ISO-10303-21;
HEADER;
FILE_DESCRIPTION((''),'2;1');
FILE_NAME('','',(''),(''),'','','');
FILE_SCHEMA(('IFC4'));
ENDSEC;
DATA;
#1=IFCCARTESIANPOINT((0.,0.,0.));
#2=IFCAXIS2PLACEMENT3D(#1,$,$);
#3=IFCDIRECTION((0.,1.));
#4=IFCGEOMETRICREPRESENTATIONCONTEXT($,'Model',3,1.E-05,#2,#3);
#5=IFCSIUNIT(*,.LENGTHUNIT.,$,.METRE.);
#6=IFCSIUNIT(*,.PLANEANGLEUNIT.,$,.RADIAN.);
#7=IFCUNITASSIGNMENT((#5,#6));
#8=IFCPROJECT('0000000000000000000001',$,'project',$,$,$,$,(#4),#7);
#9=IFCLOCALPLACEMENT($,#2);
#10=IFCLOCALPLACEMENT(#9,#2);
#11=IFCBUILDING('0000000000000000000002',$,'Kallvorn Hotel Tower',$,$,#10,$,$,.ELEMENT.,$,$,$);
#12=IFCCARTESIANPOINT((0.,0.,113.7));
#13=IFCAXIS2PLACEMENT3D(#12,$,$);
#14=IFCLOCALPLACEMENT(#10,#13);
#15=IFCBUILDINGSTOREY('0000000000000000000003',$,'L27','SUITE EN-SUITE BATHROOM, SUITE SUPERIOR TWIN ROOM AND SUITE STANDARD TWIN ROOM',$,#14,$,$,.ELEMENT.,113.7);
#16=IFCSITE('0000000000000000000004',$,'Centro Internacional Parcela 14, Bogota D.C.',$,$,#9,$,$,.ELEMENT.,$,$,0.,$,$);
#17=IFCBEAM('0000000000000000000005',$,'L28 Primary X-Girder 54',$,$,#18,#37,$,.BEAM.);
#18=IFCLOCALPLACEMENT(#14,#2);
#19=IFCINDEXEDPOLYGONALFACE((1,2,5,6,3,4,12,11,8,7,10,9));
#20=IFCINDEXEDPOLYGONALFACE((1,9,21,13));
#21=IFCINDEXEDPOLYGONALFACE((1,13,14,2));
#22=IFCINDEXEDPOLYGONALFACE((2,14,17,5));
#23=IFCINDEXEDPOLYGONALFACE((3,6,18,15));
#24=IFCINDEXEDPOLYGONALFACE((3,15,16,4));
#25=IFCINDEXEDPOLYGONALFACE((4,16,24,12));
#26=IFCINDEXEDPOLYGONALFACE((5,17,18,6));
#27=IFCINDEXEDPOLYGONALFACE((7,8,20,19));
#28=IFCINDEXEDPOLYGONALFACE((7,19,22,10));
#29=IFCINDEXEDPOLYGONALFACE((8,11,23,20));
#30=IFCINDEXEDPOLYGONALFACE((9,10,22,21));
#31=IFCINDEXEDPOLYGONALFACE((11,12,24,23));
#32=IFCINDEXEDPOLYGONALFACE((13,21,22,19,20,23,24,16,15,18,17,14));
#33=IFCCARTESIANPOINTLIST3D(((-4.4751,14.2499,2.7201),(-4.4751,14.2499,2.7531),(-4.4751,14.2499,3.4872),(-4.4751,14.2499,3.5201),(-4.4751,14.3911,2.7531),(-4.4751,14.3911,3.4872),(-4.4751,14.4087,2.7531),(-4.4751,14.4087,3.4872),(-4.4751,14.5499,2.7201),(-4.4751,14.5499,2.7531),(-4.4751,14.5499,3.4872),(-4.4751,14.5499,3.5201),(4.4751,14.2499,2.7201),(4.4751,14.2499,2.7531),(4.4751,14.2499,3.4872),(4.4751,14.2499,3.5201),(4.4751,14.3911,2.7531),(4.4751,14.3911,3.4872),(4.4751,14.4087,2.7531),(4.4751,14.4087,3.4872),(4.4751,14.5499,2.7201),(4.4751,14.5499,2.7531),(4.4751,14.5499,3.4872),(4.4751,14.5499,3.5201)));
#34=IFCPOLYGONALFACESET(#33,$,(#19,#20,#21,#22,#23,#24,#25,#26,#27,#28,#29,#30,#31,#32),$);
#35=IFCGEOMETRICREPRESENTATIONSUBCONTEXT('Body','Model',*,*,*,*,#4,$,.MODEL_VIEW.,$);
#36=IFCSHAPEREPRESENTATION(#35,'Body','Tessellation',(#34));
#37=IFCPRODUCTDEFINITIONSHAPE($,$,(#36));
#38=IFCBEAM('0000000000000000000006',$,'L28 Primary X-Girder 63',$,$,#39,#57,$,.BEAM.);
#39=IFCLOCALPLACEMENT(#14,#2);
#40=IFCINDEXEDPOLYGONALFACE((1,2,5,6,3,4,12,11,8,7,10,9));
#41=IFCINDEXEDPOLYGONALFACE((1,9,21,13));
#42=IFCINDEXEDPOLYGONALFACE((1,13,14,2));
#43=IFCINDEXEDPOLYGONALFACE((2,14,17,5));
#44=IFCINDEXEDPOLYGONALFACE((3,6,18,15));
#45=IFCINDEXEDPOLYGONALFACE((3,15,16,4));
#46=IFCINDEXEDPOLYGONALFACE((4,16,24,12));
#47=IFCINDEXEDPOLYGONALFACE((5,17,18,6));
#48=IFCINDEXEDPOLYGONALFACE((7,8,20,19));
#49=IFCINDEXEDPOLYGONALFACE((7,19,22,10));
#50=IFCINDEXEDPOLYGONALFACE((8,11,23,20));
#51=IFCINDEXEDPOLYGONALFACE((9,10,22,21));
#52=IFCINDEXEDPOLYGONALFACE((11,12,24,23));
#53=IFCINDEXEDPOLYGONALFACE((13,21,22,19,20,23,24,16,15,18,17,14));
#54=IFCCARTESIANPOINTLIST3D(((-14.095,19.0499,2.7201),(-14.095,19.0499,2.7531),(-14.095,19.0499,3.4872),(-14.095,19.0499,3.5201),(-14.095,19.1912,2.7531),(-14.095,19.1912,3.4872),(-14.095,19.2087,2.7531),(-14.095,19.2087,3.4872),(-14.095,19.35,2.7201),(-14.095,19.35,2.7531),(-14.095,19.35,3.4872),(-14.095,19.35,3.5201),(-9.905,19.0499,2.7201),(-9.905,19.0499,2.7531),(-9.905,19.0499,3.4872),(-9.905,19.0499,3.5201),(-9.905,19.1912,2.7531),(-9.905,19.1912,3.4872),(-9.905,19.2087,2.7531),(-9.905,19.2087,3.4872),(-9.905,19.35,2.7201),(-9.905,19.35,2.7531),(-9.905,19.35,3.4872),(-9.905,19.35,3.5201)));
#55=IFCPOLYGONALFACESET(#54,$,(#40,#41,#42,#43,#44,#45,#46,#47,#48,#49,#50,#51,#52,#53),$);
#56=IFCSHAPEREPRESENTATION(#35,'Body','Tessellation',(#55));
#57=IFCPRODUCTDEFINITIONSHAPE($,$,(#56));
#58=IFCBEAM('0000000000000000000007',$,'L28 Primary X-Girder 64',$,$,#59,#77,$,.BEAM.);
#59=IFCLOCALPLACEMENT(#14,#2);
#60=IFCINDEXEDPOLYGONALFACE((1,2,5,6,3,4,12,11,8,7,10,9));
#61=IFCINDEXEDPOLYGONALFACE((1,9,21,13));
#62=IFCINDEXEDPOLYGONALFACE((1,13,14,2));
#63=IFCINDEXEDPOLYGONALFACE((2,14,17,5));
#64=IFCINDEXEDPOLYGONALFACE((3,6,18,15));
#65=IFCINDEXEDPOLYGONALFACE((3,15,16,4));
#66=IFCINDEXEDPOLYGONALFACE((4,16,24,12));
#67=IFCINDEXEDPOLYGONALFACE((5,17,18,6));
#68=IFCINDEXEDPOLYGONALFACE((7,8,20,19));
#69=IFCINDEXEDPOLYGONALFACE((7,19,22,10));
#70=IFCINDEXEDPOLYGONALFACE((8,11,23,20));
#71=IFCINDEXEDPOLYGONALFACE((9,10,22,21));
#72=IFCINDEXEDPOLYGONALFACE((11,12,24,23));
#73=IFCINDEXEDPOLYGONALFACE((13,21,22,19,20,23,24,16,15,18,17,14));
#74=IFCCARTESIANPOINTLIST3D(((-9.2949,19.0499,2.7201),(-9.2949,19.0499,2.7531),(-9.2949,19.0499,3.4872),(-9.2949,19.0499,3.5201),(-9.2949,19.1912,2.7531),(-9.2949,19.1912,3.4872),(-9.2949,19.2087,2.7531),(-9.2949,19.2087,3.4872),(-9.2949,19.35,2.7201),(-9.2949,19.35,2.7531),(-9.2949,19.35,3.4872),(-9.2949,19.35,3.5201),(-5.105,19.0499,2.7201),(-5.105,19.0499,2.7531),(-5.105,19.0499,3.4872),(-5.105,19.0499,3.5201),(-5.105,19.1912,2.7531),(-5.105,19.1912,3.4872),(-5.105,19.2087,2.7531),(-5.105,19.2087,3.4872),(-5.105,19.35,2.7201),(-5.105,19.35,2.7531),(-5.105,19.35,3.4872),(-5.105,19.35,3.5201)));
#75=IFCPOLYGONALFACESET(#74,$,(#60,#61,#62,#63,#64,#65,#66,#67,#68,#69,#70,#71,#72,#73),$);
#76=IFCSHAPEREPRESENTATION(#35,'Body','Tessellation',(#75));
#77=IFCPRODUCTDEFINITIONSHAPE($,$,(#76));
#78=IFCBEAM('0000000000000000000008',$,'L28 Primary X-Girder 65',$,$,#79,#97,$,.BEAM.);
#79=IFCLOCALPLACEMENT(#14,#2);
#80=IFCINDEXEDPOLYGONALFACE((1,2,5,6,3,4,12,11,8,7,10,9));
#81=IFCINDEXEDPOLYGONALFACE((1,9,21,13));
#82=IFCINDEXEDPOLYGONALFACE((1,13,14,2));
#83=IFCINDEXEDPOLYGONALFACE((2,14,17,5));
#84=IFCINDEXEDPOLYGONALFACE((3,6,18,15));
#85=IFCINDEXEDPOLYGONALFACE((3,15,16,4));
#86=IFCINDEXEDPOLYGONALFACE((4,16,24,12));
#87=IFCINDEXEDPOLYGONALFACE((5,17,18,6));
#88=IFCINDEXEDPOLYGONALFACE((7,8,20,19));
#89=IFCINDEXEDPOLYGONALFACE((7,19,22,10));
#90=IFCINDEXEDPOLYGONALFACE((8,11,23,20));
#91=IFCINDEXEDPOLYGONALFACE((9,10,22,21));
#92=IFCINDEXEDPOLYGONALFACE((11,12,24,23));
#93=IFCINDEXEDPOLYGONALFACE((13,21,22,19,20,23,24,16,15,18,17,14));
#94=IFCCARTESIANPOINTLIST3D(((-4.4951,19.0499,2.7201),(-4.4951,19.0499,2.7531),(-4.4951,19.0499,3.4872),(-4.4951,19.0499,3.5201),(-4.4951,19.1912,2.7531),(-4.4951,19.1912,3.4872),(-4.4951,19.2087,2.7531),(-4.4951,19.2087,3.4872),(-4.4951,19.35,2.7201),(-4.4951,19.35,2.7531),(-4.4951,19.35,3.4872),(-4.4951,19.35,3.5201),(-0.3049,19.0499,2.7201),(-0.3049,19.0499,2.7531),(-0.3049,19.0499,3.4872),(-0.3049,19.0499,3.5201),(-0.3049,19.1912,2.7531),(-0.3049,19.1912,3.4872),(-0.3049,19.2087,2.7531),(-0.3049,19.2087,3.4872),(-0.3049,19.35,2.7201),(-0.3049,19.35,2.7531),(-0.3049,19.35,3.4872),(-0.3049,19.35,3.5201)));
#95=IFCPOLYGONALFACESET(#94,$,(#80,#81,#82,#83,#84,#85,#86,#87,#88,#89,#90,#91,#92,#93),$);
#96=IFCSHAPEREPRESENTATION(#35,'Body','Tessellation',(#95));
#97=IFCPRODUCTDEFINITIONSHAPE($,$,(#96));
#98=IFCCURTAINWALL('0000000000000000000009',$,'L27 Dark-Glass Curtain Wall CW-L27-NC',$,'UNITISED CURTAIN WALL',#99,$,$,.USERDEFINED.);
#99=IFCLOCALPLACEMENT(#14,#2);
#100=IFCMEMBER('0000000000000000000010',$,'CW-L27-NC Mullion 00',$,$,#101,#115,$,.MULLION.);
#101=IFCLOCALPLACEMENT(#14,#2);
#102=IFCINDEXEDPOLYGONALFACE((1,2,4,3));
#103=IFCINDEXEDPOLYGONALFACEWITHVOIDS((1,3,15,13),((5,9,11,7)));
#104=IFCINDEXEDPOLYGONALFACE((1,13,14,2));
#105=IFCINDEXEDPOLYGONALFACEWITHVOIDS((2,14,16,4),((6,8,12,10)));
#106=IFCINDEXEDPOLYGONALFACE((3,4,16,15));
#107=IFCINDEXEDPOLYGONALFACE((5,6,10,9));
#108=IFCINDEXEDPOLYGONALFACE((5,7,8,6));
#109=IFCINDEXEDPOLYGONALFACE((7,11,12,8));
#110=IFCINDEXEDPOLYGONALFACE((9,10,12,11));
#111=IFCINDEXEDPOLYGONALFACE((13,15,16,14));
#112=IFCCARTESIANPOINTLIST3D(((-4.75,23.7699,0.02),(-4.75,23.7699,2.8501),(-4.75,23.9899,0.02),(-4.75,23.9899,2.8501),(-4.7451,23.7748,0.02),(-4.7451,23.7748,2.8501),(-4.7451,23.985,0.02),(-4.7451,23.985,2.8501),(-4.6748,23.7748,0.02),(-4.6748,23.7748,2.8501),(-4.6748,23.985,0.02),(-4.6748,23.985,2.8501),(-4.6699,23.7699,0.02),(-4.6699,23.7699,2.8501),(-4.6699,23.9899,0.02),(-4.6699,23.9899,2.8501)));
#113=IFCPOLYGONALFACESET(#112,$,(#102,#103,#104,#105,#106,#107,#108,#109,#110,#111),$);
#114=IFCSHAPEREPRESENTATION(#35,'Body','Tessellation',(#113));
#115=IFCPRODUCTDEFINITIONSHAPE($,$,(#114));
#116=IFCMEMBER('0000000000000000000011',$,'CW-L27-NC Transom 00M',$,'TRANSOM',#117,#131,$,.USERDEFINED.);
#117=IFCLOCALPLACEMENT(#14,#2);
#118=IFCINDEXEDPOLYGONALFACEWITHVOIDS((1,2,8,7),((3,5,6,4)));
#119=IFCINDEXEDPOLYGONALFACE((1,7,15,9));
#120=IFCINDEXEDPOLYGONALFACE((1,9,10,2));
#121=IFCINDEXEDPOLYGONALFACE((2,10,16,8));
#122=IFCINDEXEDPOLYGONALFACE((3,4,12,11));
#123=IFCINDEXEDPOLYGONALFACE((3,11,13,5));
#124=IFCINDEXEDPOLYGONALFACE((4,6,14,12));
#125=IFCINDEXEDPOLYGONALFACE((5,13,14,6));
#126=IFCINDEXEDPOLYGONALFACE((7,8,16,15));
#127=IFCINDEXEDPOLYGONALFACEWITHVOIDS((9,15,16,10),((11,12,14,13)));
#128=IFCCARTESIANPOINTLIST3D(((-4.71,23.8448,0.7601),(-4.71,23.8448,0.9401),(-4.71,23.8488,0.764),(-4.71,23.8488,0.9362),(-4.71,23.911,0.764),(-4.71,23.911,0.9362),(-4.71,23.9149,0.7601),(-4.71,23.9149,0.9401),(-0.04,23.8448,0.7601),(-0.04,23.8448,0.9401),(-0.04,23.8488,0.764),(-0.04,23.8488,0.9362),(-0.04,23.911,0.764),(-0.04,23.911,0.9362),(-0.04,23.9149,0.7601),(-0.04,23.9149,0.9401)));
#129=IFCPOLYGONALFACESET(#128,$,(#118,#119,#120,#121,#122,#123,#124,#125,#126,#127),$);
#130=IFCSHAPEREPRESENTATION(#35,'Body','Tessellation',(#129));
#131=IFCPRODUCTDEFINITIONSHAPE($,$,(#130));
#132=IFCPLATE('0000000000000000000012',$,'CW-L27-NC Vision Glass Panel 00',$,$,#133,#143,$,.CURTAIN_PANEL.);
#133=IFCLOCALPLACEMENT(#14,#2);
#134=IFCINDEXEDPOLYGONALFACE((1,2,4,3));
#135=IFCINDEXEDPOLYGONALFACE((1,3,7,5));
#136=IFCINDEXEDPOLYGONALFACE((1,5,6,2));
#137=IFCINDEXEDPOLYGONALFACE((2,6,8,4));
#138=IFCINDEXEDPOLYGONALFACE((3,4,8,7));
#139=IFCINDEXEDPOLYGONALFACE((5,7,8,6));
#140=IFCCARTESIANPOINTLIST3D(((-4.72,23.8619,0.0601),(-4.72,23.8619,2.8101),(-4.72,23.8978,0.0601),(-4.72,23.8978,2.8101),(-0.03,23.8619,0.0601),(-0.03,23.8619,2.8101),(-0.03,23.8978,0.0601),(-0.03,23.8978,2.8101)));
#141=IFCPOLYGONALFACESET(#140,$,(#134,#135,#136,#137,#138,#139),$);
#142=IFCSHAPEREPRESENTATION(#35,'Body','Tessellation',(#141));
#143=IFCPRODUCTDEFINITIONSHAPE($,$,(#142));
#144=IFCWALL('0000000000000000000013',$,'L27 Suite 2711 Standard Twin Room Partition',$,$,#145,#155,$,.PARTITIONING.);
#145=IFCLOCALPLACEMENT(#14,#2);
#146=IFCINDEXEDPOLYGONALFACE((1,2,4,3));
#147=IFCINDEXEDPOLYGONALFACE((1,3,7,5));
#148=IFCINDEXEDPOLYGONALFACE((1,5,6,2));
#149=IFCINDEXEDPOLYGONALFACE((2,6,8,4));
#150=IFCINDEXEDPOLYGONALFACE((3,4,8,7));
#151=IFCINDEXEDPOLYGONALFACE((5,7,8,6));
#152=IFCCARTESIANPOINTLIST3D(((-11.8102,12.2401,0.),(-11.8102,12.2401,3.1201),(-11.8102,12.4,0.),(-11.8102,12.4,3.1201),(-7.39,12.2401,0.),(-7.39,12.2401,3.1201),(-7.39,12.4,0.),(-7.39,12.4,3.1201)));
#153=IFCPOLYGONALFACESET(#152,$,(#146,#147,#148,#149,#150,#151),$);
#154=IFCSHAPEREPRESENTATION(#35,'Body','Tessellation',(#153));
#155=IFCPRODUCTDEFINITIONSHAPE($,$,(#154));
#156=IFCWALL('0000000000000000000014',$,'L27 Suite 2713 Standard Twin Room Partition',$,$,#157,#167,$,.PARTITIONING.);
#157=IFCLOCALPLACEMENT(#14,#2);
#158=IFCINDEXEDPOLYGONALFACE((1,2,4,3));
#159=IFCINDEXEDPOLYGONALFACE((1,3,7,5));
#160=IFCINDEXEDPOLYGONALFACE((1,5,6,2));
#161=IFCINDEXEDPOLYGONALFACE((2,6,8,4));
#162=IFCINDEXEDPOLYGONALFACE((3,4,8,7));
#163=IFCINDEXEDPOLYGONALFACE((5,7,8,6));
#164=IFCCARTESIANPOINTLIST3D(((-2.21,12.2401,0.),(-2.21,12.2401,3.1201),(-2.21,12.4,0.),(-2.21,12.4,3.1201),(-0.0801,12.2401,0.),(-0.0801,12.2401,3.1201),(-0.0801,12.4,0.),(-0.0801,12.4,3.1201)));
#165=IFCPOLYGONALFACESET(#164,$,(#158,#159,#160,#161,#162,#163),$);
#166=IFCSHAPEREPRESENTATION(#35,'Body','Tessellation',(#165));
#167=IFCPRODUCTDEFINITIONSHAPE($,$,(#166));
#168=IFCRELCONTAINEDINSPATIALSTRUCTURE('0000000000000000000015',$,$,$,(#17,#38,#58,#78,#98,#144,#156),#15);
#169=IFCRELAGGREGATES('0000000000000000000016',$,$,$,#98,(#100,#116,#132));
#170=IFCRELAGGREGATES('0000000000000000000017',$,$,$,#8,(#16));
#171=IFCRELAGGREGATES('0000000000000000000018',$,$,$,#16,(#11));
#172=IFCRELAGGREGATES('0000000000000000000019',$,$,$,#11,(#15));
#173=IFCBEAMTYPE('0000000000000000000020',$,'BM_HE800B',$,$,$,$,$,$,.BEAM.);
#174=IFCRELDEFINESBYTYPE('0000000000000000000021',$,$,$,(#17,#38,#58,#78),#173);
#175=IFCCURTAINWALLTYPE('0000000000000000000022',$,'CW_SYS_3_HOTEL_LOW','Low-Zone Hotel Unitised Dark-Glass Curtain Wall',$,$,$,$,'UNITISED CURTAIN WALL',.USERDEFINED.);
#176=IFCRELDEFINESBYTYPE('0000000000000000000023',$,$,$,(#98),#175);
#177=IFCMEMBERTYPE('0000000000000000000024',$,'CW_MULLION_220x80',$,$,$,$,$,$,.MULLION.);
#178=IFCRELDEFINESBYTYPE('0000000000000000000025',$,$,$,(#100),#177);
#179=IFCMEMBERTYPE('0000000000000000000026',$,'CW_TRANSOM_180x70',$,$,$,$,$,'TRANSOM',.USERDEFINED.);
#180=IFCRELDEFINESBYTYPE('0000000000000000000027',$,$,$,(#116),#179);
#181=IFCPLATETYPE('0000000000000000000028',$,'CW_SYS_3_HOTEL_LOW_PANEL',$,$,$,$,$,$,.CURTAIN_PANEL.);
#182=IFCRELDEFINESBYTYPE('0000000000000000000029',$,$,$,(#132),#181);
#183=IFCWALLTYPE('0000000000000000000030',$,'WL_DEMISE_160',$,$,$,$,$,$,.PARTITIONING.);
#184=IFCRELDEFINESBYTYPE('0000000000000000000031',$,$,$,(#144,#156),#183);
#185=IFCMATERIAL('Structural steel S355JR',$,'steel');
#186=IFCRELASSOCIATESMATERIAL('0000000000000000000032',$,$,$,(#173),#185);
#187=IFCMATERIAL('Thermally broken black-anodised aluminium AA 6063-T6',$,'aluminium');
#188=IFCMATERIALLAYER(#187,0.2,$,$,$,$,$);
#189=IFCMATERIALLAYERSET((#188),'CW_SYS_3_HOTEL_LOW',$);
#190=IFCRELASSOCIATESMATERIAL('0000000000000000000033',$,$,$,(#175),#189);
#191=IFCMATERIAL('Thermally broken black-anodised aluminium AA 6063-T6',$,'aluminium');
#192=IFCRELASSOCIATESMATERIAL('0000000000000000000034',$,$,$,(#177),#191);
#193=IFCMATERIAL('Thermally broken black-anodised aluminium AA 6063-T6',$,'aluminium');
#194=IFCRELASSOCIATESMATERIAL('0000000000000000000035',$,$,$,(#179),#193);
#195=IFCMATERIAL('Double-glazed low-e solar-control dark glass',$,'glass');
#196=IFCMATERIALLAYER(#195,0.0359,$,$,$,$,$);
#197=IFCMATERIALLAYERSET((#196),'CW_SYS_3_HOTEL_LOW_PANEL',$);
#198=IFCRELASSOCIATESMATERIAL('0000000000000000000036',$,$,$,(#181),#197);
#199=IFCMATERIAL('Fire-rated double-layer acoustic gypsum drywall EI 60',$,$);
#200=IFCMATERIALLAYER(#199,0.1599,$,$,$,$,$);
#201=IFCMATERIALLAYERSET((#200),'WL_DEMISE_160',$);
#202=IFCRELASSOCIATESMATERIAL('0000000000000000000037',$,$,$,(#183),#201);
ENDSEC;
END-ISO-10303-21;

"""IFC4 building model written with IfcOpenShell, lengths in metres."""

from ifc_helpers import new_model, si_unit, direction, frame, frame_2d, origin, origin_2d, place, context, subcontext, project, spatial, rectangle, hollow_rectangle, i_section, extrude, material, layer, layer_set, material_profile, profile_set, type_object, element, aggregate, save


model = new_model("IFC4")

# Units and contexts
model_context = context("Model", 3, precision=1e-05, world=origin(), true_north=direction((0.0, 1.0)))
body_context = subcontext(model_context, "Body", "Model", "MODEL_VIEW")
ifc_project = project(units=[si_unit("LENGTHUNIT", "METRE"), si_unit("PLANEANGLEUNIT", "RADIAN")], contexts=[model_context])

# Site, building, storey
site_placement = place(None, origin())
site = spatial("IfcSite", under=ifc_project, at=site_placement, Name="Centro Internacional Parcela 14, Bogota D.C.", CompositionType="ELEMENT", RefElevation=0.0)
building_placement = place(site_placement, origin())
building = spatial("IfcBuilding", under=site, at=building_placement, Name="Kallvorn Hotel Tower", CompositionType="ELEMENT")
storey_placement = place(building_placement, frame((0.0, 0.0, 113.7)))
storey = spatial("IfcBuildingStorey", under=building, at=storey_placement, Name="L27", Description="SUITE EN-SUITE BATHROOM, SUITE SUPERIOR TWIN ROOM AND SUITE STANDARD TWIN ROOM", CompositionType="ELEMENT", Elevation=113.7)

# Beams
ifc_material_1 = material(Name="Structural steel S355JR", Category="steel")
ifc_material_profile_1 = material_profile(ifc_material_1, i_section(OverallWidth=0.3, OverallDepth=0.8, WebThickness=0.0176, FlangeThickness=0.033, at=origin_2d()), Name="HE 800 B")
ifc_profile_set_1 = profile_set([ifc_material_profile_1], Name="Structural steel S355JR")
beam_type_1 = type_object("IfcBeamType", Name="BM_HE800B", PredefinedType="BEAM", material=ifc_profile_set_1)
beam_1_placement = place(storey_placement, frame((-4.4751, 14.3999, 3.1201), z_axis=(1.0, 0.0, 0.0), x_axis=(0.0, 1.0, 0.0)))
element("IfcBeam", 1, at=beam_1_placement, inside=storey, type_object=beam_type_1, Name="L28 Primary X-Girder 54", PredefinedType="BEAM", context=body_context, shape_type="SweptSolid", body=[
    extrude(i_section(OverallWidth=0.3, OverallDepth=0.8, WebThickness=0.0176, FlangeThickness=0.033, at=origin_2d()), origin(), (0.0, 0.0, 1.0), 8.9502),
])
for number, where, z_axis, x_axis, name in (
    (2, (-14.095, 19.2, 3.1201), (1.0, 0.0, 0.0), (0.0, 1.0, 0.0), "L28 Primary X-Girder 63"),
    (3, (-9.2949, 19.2, 3.1201), (1.0, 0.0, 0.0), (0.0, 1.0, 0.0), "L28 Primary X-Girder 64"),
):
    element("IfcBeam", number, at=place(storey_placement, frame(where, z_axis=z_axis, x_axis=x_axis)), inside=storey, type_object=beam_type_1, Name=name, PredefinedType="BEAM", context=body_context, shape_type="SweptSolid", body=[
        extrude(i_section(OverallWidth=0.3, OverallDepth=0.8, WebThickness=0.0176, FlangeThickness=0.033, at=origin_2d()), origin(), (0.0, 0.0, 1.0), 4.1899),
    ])
beam_2_placement = place(storey_placement, frame((-4.4951, 19.2, 3.1201), z_axis=(1.0, 0.0, 0.0), x_axis=(0.0, 1.0, 0.0)))
element("IfcBeam", 4, at=beam_2_placement, inside=storey, type_object=beam_type_1, Name="L28 Primary X-Girder 65", PredefinedType="BEAM", context=body_context, shape_type="SweptSolid", body=[
    extrude(i_section(OverallWidth=0.3, OverallDepth=0.8, WebThickness=0.0176, FlangeThickness=0.033, at=origin_2d()), origin(), (0.0, 0.0, 1.0), 4.1902),
])

# Curtain wall, members, plate
ifc_material_2 = material(Name="Thermally broken black-anodised aluminium AA 6063-T6", Category="aluminium")
ifc_layer_1 = layer(ifc_material_2, 0.2)
ifc_layer_set_1 = layer_set([ifc_layer_1], Name="CW_SYS_3_HOTEL_LOW")
curtain_wall_type = type_object("IfcCurtainWallType", Name="CW_SYS_3_HOTEL_LOW", Description="Low-Zone Hotel Unitised Dark-Glass Curtain Wall", ElementType="UNITISED CURTAIN WALL", PredefinedType="USERDEFINED", material=ifc_layer_set_1)
curtain_wall_placement = place(storey_placement, origin())
curtain_wall = element("IfcCurtainWall", 5, at=curtain_wall_placement, inside=storey, type_object=curtain_wall_type, Name="L27 Dark-Glass Curtain Wall CW-L27-NC", ObjectType="UNITISED CURTAIN WALL", PredefinedType="USERDEFINED")
ifc_material_3 = material(Name="Thermally broken black-anodised aluminium AA 6063-T6", Category="aluminium")
ifc_material_profile_2 = material_profile(ifc_material_3, hollow_rectangle(XDim=0.0801, YDim=0.22, WallThickness=0.0049, at=origin_2d()), Name="MUL 220x80")
ifc_profile_set_2 = profile_set([ifc_material_profile_2], Name="Thermally broken black-anodised aluminium AA 6063-T6")
member_type_1 = type_object("IfcMemberType", Name="CW_MULLION_220x80", PredefinedType="MULLION", material=ifc_profile_set_2)
member_1_placement = place(storey_placement, frame((-4.71, 23.8799, 0.02), z_axis=(0.0, 0.0, 1.0), x_axis=(1.0, 0.0, 0.0)))
member_1 = element("IfcMember", 6, at=member_1_placement, type_object=member_type_1, Name="CW-L27-NC Mullion 00", PredefinedType="MULLION", context=body_context, shape_type="SweptSolid", body=[
    extrude(hollow_rectangle(XDim=0.0801, YDim=0.22, WallThickness=0.0049, at=origin_2d()), origin(), (0.0, 0.0, 1.0), 2.8301),
])
ifc_material_4 = material(Name="Thermally broken black-anodised aluminium AA 6063-T6", Category="aluminium")
ifc_material_profile_3 = material_profile(ifc_material_4, hollow_rectangle(XDim=0.0701, YDim=0.1799, WallThickness=0.0039, at=origin_2d()), Name="TRN 180x70")
ifc_profile_set_3 = profile_set([ifc_material_profile_3], Name="Thermally broken black-anodised aluminium AA 6063-T6")
member_type_2 = type_object("IfcMemberType", Name="CW_TRANSOM_180x70", ElementType="TRANSOM", PredefinedType="USERDEFINED", material=ifc_profile_set_3)
member_2_placement = place(storey_placement, frame((-4.71, 23.8799, 0.8501), z_axis=(1.0, 0.0, 0.0), x_axis=(0.0, 1.0, 0.0)))
member_2 = element("IfcMember", 7, at=member_2_placement, type_object=member_type_2, Name="CW-L27-NC Transom 00M", ObjectType="TRANSOM", PredefinedType="USERDEFINED", context=body_context, shape_type="SweptSolid", body=[
    extrude(hollow_rectangle(XDim=0.0701, YDim=0.1799, WallThickness=0.0039, at=origin_2d()), origin(), (0.0, 0.0, 1.0), 4.6699),
])
ifc_material_5 = material(Name="Double-glazed low-e solar-control dark glass", Category="glass")
ifc_layer_2 = layer(ifc_material_5, 0.0359)
ifc_layer_set_2 = layer_set([ifc_layer_2], Name="CW_SYS_3_HOTEL_LOW_PANEL")
plate_type = type_object("IfcPlateType", Name="CW_SYS_3_HOTEL_LOW_PANEL", PredefinedType="CURTAIN_PANEL", material=ifc_layer_set_2)
plate_placement = place(storey_placement, frame((-2.375, 23.8799, 0.0601), z_axis=(0.0, 0.0, 1.0), x_axis=(1.0, 0.0, 0.0)))
plate = element("IfcPlate", 8, at=plate_placement, type_object=plate_type, Name="CW-L27-NC Vision Glass Panel 00", PredefinedType="CURTAIN_PANEL", context=body_context, shape_type="SweptSolid", body=[
    extrude(rectangle(XDim=4.6899, YDim=0.0359, at=origin_2d()), origin(), (0.0, 0.0, 1.0), 2.75),
])
aggregate(curtain_wall, [member_1, member_2, plate])

# Walls
ifc_material_6 = material(Name="Fire-rated double-layer acoustic gypsum drywall EI 60")
ifc_layer_3 = layer(ifc_material_6, 0.1599)
ifc_layer_set_3 = layer_set([ifc_layer_3], Name="WL_DEMISE_160")
wall_type = type_object("IfcWallType", Name="WL_DEMISE_160", PredefinedType="PARTITIONING", material=ifc_layer_set_3)
wall_1_placement = place(storey_placement, frame((-11.8101, 12.3201, 0.0), z_axis=(0.0, 0.0, 1.0), x_axis=(1.0, 0.0, 0.0)))
element("IfcWall", 9, at=wall_1_placement, inside=storey, type_object=wall_type, Name="L27 Suite 2711 Standard Twin Room Partition", PredefinedType="PARTITIONING", context=body_context, shape_type="SweptSolid", body=[
    extrude(rectangle(XDim=4.4202, YDim=0.1599, at=frame_2d((2.21, 0.0))), origin(), (0.0, 0.0, 1.0), 3.1201),
])
wall_2_placement = place(storey_placement, frame((-2.21, 12.3201, 0.0), z_axis=(0.0, 0.0, 1.0), x_axis=(1.0, 0.0, 0.0)))
element("IfcWall", 10, at=wall_2_placement, inside=storey, type_object=wall_type, Name="L27 Suite 2713 Standard Twin Room Partition", PredefinedType="PARTITIONING", context=body_context, shape_type="SweptSolid", body=[
    extrude(rectangle(XDim=2.1299, YDim=0.1599, at=frame_2d((1.0649, 0.0))), origin(), (0.0, 0.0, 1.0), 3.1201),
])

save(model, "model.ifc")
